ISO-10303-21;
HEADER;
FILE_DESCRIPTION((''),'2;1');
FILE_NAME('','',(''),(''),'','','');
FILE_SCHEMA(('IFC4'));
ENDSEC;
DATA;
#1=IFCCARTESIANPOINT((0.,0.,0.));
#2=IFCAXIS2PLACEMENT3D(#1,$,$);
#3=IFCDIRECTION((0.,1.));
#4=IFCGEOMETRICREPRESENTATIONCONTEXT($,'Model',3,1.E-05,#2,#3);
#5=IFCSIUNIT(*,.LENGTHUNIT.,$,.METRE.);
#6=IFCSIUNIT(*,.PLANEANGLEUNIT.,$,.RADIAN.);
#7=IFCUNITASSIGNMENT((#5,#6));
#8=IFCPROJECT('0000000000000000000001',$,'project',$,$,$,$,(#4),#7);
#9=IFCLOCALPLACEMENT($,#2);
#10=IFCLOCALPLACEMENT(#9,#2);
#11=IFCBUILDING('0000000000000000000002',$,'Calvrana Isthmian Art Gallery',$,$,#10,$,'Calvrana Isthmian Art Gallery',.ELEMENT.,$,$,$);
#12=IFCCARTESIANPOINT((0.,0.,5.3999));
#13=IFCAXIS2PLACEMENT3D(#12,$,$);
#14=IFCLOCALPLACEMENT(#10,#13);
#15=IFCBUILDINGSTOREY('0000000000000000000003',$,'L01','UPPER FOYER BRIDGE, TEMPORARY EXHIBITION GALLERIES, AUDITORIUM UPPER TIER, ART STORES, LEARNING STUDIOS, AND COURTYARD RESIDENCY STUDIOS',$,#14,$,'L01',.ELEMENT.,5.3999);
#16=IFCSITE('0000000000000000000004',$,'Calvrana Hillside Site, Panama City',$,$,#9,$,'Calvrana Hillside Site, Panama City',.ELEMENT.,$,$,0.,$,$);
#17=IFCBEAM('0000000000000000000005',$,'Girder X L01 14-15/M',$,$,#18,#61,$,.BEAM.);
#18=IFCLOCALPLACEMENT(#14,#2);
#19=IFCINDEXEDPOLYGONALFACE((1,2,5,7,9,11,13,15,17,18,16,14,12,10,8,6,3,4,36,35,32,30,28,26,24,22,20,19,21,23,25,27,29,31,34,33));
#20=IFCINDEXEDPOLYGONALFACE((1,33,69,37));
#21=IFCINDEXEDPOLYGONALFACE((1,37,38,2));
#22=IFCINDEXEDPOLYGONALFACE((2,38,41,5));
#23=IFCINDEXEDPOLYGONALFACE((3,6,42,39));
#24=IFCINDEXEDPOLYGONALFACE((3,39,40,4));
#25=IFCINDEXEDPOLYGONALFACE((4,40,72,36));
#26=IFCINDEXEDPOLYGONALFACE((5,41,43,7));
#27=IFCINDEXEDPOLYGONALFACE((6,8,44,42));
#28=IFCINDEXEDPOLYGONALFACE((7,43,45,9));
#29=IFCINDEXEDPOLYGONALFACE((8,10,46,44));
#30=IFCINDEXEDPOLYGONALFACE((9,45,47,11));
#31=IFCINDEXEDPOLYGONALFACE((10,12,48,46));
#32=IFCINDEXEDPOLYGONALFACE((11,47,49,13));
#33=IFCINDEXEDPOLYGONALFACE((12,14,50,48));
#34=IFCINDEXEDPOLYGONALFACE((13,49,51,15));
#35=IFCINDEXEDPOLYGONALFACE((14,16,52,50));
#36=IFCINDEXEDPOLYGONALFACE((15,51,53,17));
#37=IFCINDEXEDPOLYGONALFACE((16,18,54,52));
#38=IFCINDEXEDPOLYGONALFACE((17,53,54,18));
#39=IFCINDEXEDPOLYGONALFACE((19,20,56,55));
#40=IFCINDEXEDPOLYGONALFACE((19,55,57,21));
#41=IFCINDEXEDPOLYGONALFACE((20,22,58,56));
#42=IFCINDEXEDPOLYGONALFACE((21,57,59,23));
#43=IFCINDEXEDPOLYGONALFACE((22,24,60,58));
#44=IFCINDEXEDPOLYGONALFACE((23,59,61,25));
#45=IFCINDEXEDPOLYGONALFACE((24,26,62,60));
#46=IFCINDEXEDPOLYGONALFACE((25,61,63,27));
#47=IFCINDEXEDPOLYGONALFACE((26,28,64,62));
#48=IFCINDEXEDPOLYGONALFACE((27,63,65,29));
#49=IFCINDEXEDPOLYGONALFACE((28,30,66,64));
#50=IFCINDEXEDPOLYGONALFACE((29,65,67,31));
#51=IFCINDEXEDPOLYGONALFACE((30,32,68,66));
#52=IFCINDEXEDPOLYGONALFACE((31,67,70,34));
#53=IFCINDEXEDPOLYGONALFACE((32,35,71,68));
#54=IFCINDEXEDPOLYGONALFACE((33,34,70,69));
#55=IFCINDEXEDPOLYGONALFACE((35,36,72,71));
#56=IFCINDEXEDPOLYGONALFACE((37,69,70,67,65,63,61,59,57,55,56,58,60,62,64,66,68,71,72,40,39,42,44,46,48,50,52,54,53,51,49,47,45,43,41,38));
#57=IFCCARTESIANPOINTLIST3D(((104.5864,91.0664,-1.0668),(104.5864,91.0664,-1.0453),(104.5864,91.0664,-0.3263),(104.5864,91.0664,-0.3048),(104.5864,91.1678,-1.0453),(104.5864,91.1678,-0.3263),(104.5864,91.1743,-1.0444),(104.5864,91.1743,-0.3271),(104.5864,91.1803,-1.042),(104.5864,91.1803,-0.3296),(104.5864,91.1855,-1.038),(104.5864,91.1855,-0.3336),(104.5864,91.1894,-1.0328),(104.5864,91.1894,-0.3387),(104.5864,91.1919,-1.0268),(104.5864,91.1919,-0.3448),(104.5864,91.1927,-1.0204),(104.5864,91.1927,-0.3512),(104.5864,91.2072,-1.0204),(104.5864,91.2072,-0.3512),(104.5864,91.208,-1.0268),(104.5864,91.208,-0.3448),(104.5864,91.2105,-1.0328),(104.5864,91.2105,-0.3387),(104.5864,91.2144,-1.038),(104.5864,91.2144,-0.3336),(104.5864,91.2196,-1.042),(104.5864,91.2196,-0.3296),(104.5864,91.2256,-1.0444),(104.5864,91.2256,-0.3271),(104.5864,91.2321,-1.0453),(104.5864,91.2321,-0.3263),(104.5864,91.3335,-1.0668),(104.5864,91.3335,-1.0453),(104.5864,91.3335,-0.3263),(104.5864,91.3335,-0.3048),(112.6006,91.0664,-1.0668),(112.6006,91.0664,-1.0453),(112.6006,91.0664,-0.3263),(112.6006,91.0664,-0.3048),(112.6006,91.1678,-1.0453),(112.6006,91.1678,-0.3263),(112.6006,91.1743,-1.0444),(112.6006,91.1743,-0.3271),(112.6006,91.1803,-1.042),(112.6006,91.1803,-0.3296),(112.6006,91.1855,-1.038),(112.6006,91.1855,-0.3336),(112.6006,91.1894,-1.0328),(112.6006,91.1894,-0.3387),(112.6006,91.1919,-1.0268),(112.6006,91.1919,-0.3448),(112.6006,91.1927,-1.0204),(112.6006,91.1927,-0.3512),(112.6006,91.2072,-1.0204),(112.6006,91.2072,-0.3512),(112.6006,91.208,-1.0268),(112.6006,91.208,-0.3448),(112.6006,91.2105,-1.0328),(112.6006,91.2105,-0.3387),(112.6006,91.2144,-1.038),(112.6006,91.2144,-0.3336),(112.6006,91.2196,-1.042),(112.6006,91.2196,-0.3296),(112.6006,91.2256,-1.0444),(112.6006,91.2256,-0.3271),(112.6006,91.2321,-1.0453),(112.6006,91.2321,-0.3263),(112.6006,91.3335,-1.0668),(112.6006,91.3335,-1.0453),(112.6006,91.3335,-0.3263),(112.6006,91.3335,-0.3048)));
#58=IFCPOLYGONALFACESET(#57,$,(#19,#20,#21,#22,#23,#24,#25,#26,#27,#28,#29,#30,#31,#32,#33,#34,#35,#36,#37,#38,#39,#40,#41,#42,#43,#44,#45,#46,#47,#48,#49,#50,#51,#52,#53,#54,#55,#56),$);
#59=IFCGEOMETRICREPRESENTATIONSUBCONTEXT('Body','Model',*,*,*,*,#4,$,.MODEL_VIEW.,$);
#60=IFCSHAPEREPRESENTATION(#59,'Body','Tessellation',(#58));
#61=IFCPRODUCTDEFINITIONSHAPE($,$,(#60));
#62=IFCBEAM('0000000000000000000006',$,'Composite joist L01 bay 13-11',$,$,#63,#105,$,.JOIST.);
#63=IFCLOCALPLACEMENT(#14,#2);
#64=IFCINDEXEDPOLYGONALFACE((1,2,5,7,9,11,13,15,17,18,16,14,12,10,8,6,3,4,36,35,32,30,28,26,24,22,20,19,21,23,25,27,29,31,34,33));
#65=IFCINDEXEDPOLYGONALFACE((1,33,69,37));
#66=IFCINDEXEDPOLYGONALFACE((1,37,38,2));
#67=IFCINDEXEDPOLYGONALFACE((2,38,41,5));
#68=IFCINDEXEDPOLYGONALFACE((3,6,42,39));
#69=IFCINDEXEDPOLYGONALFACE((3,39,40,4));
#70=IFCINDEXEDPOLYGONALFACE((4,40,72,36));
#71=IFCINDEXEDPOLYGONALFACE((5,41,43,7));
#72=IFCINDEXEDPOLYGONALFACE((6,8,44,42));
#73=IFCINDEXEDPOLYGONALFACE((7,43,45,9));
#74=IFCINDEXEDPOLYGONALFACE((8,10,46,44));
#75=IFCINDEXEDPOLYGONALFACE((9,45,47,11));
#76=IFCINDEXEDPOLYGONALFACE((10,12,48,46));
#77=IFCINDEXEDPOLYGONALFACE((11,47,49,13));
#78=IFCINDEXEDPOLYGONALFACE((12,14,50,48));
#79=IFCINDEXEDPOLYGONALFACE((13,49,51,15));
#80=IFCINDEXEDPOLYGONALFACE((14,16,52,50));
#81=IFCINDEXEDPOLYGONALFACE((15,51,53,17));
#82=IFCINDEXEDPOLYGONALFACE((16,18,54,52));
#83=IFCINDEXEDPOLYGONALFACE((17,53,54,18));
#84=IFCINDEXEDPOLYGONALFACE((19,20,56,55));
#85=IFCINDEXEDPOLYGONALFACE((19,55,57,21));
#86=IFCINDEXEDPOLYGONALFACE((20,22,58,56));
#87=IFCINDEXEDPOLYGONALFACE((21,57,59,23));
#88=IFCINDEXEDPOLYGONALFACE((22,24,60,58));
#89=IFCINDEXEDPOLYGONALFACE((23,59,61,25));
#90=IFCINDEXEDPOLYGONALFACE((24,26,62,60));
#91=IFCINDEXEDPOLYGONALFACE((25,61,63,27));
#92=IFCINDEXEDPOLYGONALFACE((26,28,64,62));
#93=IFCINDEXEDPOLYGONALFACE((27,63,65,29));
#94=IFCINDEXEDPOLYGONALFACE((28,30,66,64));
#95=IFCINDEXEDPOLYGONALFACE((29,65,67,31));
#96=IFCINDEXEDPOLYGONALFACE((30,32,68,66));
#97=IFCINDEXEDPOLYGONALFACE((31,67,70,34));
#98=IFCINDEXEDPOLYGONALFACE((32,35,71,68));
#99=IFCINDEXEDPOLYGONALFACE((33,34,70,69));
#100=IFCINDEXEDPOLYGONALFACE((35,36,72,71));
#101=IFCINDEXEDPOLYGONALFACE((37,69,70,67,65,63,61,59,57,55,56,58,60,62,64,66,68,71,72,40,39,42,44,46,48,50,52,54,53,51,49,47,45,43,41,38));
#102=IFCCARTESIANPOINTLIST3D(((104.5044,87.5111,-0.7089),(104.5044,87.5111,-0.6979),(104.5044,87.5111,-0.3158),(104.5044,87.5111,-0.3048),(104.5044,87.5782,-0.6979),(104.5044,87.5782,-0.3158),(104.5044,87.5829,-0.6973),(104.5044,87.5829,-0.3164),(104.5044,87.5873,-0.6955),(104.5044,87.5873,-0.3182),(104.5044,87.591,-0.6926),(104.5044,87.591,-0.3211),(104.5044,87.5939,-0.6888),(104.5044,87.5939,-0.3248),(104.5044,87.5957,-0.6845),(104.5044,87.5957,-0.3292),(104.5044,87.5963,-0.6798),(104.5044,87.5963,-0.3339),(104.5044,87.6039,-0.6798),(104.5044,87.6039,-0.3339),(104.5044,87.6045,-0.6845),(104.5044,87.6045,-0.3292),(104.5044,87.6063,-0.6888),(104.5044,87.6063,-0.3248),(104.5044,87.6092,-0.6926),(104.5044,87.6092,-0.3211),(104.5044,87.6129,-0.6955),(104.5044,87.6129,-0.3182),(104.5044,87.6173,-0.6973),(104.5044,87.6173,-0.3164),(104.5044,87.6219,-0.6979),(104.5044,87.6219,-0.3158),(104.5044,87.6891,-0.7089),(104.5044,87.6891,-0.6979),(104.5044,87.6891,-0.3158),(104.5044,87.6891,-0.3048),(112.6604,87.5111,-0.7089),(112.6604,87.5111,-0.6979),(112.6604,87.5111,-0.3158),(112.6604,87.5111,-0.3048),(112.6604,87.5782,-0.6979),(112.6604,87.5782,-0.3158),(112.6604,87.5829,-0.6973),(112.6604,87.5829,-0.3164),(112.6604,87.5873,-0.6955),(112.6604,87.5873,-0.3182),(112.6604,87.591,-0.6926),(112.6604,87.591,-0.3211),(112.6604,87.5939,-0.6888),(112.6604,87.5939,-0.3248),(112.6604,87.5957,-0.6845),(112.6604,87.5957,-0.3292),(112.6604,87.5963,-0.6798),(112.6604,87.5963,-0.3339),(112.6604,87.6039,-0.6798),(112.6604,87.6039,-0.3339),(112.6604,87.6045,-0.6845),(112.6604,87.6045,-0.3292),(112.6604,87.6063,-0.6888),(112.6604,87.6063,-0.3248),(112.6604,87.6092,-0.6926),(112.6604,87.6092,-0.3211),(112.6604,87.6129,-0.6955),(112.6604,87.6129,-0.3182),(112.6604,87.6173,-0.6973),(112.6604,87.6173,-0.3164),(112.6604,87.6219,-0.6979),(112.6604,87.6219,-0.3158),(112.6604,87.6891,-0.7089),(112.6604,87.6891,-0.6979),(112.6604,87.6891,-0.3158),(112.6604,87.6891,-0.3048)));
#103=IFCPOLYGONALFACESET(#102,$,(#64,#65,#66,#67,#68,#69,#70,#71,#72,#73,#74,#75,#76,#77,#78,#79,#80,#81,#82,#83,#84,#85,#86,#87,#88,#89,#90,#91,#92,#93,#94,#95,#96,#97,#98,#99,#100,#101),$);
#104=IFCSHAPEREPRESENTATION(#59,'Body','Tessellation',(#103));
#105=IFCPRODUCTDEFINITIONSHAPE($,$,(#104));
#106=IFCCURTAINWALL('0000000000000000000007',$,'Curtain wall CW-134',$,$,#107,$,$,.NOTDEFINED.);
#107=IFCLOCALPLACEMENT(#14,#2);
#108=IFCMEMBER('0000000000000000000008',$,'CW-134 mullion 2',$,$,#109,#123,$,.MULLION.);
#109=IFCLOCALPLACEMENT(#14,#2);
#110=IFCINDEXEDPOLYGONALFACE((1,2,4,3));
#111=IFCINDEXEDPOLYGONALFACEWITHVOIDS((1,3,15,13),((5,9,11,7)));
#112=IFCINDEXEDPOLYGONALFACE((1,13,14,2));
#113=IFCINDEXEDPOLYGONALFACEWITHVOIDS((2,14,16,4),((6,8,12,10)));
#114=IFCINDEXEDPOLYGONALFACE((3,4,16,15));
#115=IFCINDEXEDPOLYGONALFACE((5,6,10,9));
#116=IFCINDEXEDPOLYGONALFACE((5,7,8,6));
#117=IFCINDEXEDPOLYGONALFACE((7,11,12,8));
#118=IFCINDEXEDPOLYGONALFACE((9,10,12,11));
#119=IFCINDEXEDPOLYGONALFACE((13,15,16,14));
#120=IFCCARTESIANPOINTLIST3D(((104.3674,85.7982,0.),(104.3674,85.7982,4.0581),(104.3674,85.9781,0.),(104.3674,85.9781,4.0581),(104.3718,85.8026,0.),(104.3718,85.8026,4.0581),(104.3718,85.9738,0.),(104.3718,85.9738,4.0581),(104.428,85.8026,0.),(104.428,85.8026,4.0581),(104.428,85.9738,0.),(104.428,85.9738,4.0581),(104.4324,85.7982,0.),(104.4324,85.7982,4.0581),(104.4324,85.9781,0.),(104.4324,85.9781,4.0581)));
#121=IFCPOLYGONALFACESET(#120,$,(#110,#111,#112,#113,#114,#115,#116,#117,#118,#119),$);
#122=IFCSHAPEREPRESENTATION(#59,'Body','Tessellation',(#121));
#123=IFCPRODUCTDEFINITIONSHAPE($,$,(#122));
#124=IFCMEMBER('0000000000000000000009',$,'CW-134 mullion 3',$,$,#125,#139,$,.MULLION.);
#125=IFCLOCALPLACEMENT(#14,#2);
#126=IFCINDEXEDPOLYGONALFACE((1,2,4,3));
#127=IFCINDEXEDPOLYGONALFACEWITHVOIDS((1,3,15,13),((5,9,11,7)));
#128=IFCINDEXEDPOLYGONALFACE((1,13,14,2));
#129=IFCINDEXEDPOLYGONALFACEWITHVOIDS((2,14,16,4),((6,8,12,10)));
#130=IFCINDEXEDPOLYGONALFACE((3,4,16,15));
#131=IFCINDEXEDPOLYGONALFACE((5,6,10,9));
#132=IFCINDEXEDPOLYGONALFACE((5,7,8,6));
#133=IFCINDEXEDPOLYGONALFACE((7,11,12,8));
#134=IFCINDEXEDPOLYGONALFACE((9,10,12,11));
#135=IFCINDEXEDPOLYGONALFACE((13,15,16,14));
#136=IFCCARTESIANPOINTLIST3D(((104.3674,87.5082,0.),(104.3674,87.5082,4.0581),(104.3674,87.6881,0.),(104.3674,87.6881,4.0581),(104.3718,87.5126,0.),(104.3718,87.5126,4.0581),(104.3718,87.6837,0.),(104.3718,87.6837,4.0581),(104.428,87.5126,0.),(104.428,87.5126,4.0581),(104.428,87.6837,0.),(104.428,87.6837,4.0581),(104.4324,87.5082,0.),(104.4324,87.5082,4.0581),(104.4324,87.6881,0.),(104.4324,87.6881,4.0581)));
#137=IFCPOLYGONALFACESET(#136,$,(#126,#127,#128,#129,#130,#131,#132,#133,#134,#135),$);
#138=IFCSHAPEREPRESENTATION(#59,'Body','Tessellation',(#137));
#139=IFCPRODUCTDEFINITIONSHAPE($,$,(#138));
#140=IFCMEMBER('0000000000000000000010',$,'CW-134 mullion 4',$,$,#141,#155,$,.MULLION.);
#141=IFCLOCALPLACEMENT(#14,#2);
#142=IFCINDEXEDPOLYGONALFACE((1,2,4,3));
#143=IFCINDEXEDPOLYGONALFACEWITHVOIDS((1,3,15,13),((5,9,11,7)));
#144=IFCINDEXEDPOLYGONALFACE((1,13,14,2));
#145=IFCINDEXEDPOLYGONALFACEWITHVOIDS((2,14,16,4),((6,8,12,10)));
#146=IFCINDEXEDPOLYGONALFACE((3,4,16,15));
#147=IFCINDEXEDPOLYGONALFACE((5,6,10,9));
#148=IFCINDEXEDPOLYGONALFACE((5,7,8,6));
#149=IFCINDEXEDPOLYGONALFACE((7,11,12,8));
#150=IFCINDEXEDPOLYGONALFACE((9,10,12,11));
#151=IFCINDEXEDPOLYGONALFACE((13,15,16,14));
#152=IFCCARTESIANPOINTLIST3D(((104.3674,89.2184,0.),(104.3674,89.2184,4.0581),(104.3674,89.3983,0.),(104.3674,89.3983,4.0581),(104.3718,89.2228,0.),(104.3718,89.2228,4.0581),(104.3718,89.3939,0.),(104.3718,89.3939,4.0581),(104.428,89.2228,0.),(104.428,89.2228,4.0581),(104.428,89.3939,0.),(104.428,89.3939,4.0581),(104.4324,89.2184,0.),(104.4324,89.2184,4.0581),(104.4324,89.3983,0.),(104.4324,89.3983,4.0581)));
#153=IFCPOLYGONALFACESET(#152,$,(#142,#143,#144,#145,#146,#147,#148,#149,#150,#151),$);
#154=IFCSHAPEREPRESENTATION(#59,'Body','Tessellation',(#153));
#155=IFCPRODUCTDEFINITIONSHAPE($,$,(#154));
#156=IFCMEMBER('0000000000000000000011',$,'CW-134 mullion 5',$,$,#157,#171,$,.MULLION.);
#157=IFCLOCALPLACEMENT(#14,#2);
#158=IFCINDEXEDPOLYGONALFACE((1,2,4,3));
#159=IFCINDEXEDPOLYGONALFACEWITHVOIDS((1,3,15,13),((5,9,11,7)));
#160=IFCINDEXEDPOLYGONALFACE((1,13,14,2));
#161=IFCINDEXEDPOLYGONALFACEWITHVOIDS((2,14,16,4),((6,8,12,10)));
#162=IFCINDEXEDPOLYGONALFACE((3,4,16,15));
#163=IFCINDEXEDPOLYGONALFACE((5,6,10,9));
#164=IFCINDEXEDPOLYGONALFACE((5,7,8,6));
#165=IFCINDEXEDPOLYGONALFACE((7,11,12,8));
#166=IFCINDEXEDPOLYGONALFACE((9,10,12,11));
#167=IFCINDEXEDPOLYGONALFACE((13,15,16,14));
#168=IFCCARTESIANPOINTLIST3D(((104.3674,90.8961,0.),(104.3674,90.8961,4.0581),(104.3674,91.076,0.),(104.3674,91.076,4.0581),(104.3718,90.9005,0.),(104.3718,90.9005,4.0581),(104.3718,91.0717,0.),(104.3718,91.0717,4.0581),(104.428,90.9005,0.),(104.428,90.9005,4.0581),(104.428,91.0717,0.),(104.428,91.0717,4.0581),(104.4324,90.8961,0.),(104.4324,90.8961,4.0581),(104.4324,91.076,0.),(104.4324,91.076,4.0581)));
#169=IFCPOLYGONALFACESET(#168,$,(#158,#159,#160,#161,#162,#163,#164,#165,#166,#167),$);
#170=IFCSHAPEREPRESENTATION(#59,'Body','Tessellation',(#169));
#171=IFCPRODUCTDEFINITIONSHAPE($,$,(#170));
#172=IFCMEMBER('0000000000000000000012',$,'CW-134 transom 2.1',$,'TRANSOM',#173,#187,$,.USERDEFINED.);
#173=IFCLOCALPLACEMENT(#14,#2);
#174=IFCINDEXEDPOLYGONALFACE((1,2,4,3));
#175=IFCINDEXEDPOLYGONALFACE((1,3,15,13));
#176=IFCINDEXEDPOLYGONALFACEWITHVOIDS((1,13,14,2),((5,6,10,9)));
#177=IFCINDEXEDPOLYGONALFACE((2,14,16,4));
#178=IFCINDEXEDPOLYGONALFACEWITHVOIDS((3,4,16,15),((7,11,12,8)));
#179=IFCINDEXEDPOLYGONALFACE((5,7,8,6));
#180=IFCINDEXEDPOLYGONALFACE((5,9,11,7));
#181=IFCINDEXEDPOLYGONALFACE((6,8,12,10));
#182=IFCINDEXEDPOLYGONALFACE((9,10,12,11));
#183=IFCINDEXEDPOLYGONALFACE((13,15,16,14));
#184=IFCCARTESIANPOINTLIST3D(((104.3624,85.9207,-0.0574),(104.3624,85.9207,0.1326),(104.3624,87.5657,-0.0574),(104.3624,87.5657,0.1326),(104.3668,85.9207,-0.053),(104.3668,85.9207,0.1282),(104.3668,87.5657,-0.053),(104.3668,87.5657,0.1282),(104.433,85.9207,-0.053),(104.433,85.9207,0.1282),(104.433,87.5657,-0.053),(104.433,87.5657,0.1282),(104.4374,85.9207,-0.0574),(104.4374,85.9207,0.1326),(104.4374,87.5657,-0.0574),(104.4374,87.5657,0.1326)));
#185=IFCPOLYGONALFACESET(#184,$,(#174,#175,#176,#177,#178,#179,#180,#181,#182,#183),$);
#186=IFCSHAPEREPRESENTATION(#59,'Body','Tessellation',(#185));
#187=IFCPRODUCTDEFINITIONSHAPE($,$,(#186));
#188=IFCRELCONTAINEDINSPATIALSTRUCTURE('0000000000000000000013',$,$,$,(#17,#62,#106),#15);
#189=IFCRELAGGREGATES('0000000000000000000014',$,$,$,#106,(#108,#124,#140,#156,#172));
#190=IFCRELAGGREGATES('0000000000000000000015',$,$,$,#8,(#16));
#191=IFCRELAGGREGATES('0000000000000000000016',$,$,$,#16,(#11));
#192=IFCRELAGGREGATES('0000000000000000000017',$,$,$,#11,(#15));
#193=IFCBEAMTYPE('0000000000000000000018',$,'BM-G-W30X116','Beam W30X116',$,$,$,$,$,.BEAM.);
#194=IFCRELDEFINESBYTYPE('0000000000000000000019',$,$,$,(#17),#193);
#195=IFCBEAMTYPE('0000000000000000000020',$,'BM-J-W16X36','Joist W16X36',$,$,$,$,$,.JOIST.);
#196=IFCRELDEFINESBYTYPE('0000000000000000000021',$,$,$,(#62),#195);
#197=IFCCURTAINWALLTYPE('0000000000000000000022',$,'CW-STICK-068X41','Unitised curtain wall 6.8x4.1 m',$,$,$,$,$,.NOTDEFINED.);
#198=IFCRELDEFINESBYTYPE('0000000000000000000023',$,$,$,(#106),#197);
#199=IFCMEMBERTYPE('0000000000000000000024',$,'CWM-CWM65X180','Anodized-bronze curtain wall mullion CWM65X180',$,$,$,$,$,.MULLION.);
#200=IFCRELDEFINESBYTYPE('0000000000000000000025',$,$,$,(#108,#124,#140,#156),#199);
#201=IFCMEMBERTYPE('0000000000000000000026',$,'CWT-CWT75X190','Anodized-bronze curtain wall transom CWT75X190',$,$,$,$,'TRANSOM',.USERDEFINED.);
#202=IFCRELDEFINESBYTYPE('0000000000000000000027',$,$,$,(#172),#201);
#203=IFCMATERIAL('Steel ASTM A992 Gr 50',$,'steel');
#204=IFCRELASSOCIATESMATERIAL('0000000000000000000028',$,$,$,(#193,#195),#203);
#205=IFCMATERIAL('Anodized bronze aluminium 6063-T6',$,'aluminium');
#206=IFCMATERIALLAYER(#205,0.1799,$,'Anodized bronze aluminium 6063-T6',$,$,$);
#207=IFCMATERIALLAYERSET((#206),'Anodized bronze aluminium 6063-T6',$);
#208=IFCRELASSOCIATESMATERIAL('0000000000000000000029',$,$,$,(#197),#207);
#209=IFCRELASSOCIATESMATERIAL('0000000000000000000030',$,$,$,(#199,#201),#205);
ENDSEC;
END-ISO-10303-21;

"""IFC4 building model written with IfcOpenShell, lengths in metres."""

from ifc_helpers import new_model, si_unit, direction, frame, origin, origin_2d, place, context, subcontext, project, spatial, hollow_rectangle, i_section, extrude, material, layer, layer_set, material_profile, profile_set, type_object, element, aggregate, save


model = new_model("IFC4")

# Units and contexts
model_context = context("Model", 3, precision=1e-05, world=origin(), true_north=direction((0.0, 1.0)))
body_context = subcontext(model_context, "Body", "Model", "MODEL_VIEW")
ifc_project = project(units=[si_unit("LENGTHUNIT", "METRE"), si_unit("PLANEANGLEUNIT", "RADIAN")], contexts=[model_context])

# Site, building, storey
site_placement = place(None, origin())
site = spatial("IfcSite", under=ifc_project, at=site_placement, Name="Calvrana Hillside Site, Panama City", LongName="Calvrana Hillside Site, Panama City", CompositionType="ELEMENT", RefElevation=0.0)
building_placement = place(site_placement, origin())
building = spatial("IfcBuilding", under=site, at=building_placement, Name="Calvrana Isthmian Art Gallery", LongName="Calvrana Isthmian Art Gallery", CompositionType="ELEMENT")
storey_placement = place(building_placement, frame((0.0, 0.0, 5.3999)))
storey = spatial("IfcBuildingStorey", under=building, at=storey_placement, Name="L01", Description="UPPER FOYER BRIDGE, TEMPORARY EXHIBITION GALLERIES, AUDITORIUM UPPER TIER, ART STORES, LEARNING STUDIOS, AND COURTYARD RESIDENCY STUDIOS", LongName="L01", CompositionType="ELEMENT", Elevation=5.3999)

# Shared definitions
ifc_material_1 = material(Name="Steel ASTM A992 Gr 50", Category="steel")

# Beams
ifc_material_profile_1 = material_profile(ifc_material_1, i_section(OverallWidth=0.2671, OverallDepth=0.762, WebThickness=0.0144, FlangeThickness=0.0215, FilletRadius=0.0249, at=origin_2d()), Name="W30X116")
ifc_profile_set_1 = profile_set([ifc_material_profile_1], Name="Steel ASTM A992 Gr 50")
beam_type_1 = type_object("IfcBeamType", Name="BM-G-W30X116", Description="Beam W30X116", PredefinedType="BEAM", material=ifc_profile_set_1)
beam_1_placement = place(storey_placement, frame((104.5864, 91.2, -0.6858), z_axis=(1.0, 0.0, 0.0), x_axis=(0.0, 1.0, 0.0)))
element("IfcBeam", 1, at=beam_1_placement, inside=storey, type_object=beam_type_1, Name="Girder X L01 14-15/M", PredefinedType="BEAM", context=body_context, shape_type="SweptSolid", body=[
    extrude(i_section(OverallWidth=0.2671, OverallDepth=0.762, WebThickness=0.0144, FlangeThickness=0.0215, FilletRadius=0.0249, at=origin_2d()), origin(), (0.0, 0.0, 1.0), 8.0142),
])
ifc_material_profile_2 = material_profile(ifc_material_1, i_section(OverallWidth=0.178, OverallDepth=0.4041, WebThickness=0.0076, FlangeThickness=0.011, FilletRadius=0.0181, at=origin_2d()), Name="W16X36")
ifc_profile_set_2 = profile_set([ifc_material_profile_2], Name="Steel ASTM A992 Gr 50")
beam_type_2 = type_object("IfcBeamType", Name="BM-J-W16X36", Description="Joist W16X36", PredefinedType="JOIST", material=ifc_profile_set_2)
beam_2_placement = place(storey_placement, frame((104.5044, 87.6001, -0.5068), z_axis=(1.0, 0.0, 0.0), x_axis=(0.0, 1.0, 0.0)))
element("IfcBeam", 2, at=beam_2_placement, inside=storey, type_object=beam_type_2, Name="Composite joist L01 bay 13-11", PredefinedType="JOIST", context=body_context, shape_type="SweptSolid", body=[
    extrude(i_section(OverallWidth=0.178, OverallDepth=0.4041, WebThickness=0.0076, FlangeThickness=0.011, FilletRadius=0.0181, at=origin_2d()), origin(), (0.0, 0.0, 1.0), 8.156),
])

# Curtain wall, members
ifc_material_2 = material(Name="Anodized bronze aluminium 6063-T6", Category="aluminium")
ifc_layer_1 = layer(ifc_material_2, 0.1799, Name="Anodized bronze aluminium 6063-T6")
ifc_layer_set_1 = layer_set([ifc_layer_1], Name="Anodized bronze aluminium 6063-T6")
curtain_wall_type = type_object("IfcCurtainWallType", Name="CW-STICK-068X41", Description="Unitised curtain wall 6.8x4.1 m", PredefinedType="NOTDEFINED", material=ifc_layer_set_1)
curtain_wall_placement = place(storey_placement, origin())
curtain_wall = element("IfcCurtainWall", 3, at=curtain_wall_placement, inside=storey, type_object=curtain_wall_type, Name="Curtain wall CW-134", PredefinedType="NOTDEFINED")
ifc_material_profile_3 = material_profile(ifc_material_2, hollow_rectangle(XDim=0.0649, YDim=0.1799, WallThickness=0.0044, at=origin_2d()), Name="CWM65X180")
ifc_profile_set_3 = profile_set([ifc_material_profile_3], Name="Anodized bronze aluminium 6063-T6")
member_type_1 = type_object("IfcMemberType", Name="CWM-CWM65X180", Description="Anodized-bronze curtain wall mullion CWM65X180", PredefinedType="MULLION", material=ifc_profile_set_3)
member_1_placement = place(storey_placement, frame((104.3999, 85.8882, 0.0), z_axis=(0.0, 0.0, 1.0), x_axis=(-1.0, 0.0, 0.0)))
member_1 = element("IfcMember", 4, at=member_1_placement, type_object=member_type_1, Name="CW-134 mullion 2", PredefinedType="MULLION", context=body_context, shape_type="SweptSolid", body=[
    extrude(hollow_rectangle(XDim=0.0649, YDim=0.1799, WallThickness=0.0044, at=origin_2d()), origin(), (0.0, 0.0, 1.0), 4.0581),
])
member_2_placement = place(storey_placement, frame((104.3999, 87.5981, 0.0), z_axis=(0.0, 0.0, 1.0), x_axis=(-1.0, 0.0, 0.0)))
member_2 = element("IfcMember", 5, at=member_2_placement, type_object=member_type_1, Name="CW-134 mullion 3", PredefinedType="MULLION", context=body_context, shape_type="SweptSolid", body=[
    extrude(hollow_rectangle(XDim=0.0649, YDim=0.1799, WallThickness=0.0044, at=origin_2d()), origin(), (0.0, 0.0, 1.0), 4.0581),
])
member_3_placement = place(storey_placement, frame((104.3999, 89.3083, 0.0), z_axis=(0.0, 0.0, 1.0), x_axis=(-1.0, 0.0, 0.0)))
member_3 = element("IfcMember", 6, at=member_3_placement, type_object=member_type_1, Name="CW-134 mullion 4", PredefinedType="MULLION", context=body_context, shape_type="SweptSolid", body=[
    extrude(hollow_rectangle(XDim=0.0649, YDim=0.1799, WallThickness=0.0044, at=origin_2d()), origin(), (0.0, 0.0, 1.0), 4.0581),
])
member_4_placement = place(storey_placement, frame((104.3999, 90.9861, 0.0), z_axis=(0.0, 0.0, 1.0), x_axis=(-1.0, 0.0, 0.0)))
member_4 = element("IfcMember", 7, at=member_4_placement, type_object=member_type_1, Name="CW-134 mullion 5", PredefinedType="MULLION", context=body_context, shape_type="SweptSolid", body=[
    extrude(hollow_rectangle(XDim=0.0649, YDim=0.1799, WallThickness=0.0044, at=origin_2d()), origin(), (0.0, 0.0, 1.0), 4.0581),
])
ifc_material_profile_4 = material_profile(ifc_material_2, hollow_rectangle(XDim=0.075, YDim=0.1899, WallThickness=0.0044, at=origin_2d()), Name="CWT75X190")
ifc_profile_set_4 = profile_set([ifc_material_profile_4], Name="Anodized bronze aluminium 6063-T6")
member_type_2 = type_object("IfcMemberType", Name="CWT-CWT75X190", Description="Anodized-bronze curtain wall transom CWT75X190", ElementType="TRANSOM", PredefinedType="USERDEFINED", material=ifc_profile_set_4)
member_5_placement = place(storey_placement, frame((104.3999, 85.9207, 0.0376), z_axis=(0.0, 1.0, 0.0), x_axis=(-1.0, 0.0, 0.0)))
member_5 = element("IfcMember", 8, at=member_5_placement, type_object=member_type_2, Name="CW-134 transom 2.1", ObjectType="TRANSOM", PredefinedType="USERDEFINED", context=body_context, shape_type="SweptSolid", body=[
    extrude(hollow_rectangle(XDim=0.075, YDim=0.1899, WallThickness=0.0044, at=origin_2d()), origin(), (0.0, 0.0, 1.0), 1.645),
])
aggregate(curtain_wall, [member_1, member_2, member_3, member_4, member_5])

save(model, "model.ifc")
